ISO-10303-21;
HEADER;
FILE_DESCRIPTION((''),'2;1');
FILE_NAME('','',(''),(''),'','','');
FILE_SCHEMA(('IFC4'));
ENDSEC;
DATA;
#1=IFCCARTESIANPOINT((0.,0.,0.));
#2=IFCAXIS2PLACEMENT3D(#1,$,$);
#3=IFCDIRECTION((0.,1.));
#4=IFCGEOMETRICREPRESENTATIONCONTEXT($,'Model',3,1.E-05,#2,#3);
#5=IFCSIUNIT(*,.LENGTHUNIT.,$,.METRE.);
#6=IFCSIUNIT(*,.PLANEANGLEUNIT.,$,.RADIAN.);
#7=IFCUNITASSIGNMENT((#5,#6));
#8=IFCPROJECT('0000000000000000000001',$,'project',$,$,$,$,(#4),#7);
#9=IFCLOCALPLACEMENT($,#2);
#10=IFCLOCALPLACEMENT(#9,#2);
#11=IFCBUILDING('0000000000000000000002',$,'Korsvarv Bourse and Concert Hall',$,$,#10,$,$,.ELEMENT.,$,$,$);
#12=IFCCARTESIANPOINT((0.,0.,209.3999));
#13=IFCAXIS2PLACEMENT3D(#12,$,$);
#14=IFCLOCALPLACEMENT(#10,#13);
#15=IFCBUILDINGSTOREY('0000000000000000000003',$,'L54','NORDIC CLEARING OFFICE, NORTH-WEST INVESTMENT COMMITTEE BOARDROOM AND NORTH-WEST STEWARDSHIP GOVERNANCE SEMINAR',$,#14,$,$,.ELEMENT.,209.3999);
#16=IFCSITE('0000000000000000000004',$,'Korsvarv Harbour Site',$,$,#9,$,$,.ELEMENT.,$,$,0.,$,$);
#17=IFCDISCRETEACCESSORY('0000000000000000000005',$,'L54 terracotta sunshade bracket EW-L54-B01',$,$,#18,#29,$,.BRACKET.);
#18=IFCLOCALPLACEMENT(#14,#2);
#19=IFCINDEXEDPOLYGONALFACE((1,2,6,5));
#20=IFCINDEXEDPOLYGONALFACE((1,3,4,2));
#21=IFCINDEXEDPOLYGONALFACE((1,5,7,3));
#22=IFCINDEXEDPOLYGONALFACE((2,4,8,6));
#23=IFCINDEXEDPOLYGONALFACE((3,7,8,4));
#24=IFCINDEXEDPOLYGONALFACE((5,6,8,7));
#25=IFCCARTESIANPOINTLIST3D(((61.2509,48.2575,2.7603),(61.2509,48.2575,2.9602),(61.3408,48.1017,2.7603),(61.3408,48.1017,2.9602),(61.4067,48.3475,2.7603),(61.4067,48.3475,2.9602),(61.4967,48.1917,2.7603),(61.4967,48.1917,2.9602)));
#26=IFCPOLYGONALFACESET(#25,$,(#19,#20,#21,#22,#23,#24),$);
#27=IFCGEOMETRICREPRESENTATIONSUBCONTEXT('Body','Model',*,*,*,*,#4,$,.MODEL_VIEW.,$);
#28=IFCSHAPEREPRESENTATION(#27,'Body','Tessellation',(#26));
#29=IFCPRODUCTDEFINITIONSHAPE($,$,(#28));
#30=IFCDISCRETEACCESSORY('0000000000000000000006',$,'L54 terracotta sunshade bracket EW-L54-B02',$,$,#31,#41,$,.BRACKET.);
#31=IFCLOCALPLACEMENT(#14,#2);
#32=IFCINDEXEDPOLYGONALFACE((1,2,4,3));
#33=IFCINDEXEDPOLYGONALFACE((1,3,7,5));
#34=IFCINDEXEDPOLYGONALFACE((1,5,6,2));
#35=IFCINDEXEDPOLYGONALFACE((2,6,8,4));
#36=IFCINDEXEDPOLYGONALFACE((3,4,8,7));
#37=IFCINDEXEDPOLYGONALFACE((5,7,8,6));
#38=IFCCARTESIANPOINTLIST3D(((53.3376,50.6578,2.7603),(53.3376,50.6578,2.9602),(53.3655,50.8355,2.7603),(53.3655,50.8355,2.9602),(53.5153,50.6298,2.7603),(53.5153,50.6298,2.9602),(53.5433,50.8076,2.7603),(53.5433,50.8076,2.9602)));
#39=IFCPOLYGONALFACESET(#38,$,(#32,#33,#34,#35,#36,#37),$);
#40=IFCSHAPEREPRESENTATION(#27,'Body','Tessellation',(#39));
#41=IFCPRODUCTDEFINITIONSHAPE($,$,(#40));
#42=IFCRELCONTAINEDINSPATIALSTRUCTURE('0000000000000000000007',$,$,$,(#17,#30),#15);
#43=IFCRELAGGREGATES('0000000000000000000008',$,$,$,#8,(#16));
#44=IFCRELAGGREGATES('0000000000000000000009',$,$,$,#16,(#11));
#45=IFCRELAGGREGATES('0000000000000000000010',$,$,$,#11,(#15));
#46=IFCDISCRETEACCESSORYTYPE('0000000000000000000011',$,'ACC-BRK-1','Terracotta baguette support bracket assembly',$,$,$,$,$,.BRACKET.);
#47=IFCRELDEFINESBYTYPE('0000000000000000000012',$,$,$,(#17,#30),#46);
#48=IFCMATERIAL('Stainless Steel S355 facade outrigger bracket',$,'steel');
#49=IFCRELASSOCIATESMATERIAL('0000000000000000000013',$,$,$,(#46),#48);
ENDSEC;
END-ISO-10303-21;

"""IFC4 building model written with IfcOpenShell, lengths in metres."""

from ifc_helpers import new_model, si_unit, direction, frame, origin, origin_2d, place, context, subcontext, project, spatial, rectangle, extrude, source, transform, mapped, material, type_object, element, save


model = new_model("IFC4")

# Units and contexts
model_context = context("Model", 3, precision=1e-05, world=origin(), true_north=direction((0.0, 1.0)))
body_context = subcontext(model_context, "Body", "Model", "MODEL_VIEW")
ifc_project = project(units=[si_unit("LENGTHUNIT", "METRE"), si_unit("PLANEANGLEUNIT", "RADIAN")], contexts=[model_context])

# Site, building, storey
site_placement = place(None, origin())
site = spatial("IfcSite", under=ifc_project, at=site_placement, Name="Korsvarv Harbour Site", CompositionType="ELEMENT", RefElevation=0.0)
building_placement = place(site_placement, origin())
building = spatial("IfcBuilding", under=site, at=building_placement, Name="Korsvarv Bourse and Concert Hall", CompositionType="ELEMENT")
storey_placement = place(building_placement, frame((0.0, 0.0, 209.3999)))
storey = spatial("IfcBuildingStorey", under=building, at=storey_placement, Name="L54", Description="NORDIC CLEARING OFFICE, NORTH-WEST INVESTMENT COMMITTEE BOARDROOM AND NORTH-WEST STEWARDSHIP GOVERNANCE SEMINAR", CompositionType="ELEMENT", Elevation=209.3999)

# Discrete accessories
ifc_material_1 = material(Name="Stainless Steel S355 facade outrigger bracket", Category="steel")
discrete_accessory_type = type_object("IfcDiscreteAccessoryType", Name="ACC-BRK-1", Description="Terracotta baguette support bracket assembly", PredefinedType="BRACKET", material=ifc_material_1)
shared_shape_1 = source(origin(), body_context, "Body", "SweptSolid", [
    extrude(rectangle(XDim=0.1799, YDim=0.1799, at=origin_2d()), origin(), (0.0, 0.0, 1.0), 0.2),
])
for number, where, z_axis, x_axis, name in (
    (1, (61.3738, 48.2246, 2.7603), (0.0, 0.0, 1.0), (-0.5, 0.866025, 0.0), "L54 terracotta sunshade bracket EW-L54-B01"),
    (2, (53.4404, 50.7327, 2.7603), (0.0, 0.0, 1.0), (-0.987852, 0.1554, 0.0), "L54 terracotta sunshade bracket EW-L54-B02"),
):
    element("IfcDiscreteAccessory", number, at=place(storey_placement, frame(where, z_axis=z_axis, x_axis=x_axis)), inside=storey, type_object=discrete_accessory_type, Name=name, PredefinedType="BRACKET", context=body_context, shape_type="MappedRepresentation", body=[
        mapped(shared_shape_1, transform((0.0, 0.0, 0.0), scale=1.0)),
    ])

save(model, "model.ifc")
